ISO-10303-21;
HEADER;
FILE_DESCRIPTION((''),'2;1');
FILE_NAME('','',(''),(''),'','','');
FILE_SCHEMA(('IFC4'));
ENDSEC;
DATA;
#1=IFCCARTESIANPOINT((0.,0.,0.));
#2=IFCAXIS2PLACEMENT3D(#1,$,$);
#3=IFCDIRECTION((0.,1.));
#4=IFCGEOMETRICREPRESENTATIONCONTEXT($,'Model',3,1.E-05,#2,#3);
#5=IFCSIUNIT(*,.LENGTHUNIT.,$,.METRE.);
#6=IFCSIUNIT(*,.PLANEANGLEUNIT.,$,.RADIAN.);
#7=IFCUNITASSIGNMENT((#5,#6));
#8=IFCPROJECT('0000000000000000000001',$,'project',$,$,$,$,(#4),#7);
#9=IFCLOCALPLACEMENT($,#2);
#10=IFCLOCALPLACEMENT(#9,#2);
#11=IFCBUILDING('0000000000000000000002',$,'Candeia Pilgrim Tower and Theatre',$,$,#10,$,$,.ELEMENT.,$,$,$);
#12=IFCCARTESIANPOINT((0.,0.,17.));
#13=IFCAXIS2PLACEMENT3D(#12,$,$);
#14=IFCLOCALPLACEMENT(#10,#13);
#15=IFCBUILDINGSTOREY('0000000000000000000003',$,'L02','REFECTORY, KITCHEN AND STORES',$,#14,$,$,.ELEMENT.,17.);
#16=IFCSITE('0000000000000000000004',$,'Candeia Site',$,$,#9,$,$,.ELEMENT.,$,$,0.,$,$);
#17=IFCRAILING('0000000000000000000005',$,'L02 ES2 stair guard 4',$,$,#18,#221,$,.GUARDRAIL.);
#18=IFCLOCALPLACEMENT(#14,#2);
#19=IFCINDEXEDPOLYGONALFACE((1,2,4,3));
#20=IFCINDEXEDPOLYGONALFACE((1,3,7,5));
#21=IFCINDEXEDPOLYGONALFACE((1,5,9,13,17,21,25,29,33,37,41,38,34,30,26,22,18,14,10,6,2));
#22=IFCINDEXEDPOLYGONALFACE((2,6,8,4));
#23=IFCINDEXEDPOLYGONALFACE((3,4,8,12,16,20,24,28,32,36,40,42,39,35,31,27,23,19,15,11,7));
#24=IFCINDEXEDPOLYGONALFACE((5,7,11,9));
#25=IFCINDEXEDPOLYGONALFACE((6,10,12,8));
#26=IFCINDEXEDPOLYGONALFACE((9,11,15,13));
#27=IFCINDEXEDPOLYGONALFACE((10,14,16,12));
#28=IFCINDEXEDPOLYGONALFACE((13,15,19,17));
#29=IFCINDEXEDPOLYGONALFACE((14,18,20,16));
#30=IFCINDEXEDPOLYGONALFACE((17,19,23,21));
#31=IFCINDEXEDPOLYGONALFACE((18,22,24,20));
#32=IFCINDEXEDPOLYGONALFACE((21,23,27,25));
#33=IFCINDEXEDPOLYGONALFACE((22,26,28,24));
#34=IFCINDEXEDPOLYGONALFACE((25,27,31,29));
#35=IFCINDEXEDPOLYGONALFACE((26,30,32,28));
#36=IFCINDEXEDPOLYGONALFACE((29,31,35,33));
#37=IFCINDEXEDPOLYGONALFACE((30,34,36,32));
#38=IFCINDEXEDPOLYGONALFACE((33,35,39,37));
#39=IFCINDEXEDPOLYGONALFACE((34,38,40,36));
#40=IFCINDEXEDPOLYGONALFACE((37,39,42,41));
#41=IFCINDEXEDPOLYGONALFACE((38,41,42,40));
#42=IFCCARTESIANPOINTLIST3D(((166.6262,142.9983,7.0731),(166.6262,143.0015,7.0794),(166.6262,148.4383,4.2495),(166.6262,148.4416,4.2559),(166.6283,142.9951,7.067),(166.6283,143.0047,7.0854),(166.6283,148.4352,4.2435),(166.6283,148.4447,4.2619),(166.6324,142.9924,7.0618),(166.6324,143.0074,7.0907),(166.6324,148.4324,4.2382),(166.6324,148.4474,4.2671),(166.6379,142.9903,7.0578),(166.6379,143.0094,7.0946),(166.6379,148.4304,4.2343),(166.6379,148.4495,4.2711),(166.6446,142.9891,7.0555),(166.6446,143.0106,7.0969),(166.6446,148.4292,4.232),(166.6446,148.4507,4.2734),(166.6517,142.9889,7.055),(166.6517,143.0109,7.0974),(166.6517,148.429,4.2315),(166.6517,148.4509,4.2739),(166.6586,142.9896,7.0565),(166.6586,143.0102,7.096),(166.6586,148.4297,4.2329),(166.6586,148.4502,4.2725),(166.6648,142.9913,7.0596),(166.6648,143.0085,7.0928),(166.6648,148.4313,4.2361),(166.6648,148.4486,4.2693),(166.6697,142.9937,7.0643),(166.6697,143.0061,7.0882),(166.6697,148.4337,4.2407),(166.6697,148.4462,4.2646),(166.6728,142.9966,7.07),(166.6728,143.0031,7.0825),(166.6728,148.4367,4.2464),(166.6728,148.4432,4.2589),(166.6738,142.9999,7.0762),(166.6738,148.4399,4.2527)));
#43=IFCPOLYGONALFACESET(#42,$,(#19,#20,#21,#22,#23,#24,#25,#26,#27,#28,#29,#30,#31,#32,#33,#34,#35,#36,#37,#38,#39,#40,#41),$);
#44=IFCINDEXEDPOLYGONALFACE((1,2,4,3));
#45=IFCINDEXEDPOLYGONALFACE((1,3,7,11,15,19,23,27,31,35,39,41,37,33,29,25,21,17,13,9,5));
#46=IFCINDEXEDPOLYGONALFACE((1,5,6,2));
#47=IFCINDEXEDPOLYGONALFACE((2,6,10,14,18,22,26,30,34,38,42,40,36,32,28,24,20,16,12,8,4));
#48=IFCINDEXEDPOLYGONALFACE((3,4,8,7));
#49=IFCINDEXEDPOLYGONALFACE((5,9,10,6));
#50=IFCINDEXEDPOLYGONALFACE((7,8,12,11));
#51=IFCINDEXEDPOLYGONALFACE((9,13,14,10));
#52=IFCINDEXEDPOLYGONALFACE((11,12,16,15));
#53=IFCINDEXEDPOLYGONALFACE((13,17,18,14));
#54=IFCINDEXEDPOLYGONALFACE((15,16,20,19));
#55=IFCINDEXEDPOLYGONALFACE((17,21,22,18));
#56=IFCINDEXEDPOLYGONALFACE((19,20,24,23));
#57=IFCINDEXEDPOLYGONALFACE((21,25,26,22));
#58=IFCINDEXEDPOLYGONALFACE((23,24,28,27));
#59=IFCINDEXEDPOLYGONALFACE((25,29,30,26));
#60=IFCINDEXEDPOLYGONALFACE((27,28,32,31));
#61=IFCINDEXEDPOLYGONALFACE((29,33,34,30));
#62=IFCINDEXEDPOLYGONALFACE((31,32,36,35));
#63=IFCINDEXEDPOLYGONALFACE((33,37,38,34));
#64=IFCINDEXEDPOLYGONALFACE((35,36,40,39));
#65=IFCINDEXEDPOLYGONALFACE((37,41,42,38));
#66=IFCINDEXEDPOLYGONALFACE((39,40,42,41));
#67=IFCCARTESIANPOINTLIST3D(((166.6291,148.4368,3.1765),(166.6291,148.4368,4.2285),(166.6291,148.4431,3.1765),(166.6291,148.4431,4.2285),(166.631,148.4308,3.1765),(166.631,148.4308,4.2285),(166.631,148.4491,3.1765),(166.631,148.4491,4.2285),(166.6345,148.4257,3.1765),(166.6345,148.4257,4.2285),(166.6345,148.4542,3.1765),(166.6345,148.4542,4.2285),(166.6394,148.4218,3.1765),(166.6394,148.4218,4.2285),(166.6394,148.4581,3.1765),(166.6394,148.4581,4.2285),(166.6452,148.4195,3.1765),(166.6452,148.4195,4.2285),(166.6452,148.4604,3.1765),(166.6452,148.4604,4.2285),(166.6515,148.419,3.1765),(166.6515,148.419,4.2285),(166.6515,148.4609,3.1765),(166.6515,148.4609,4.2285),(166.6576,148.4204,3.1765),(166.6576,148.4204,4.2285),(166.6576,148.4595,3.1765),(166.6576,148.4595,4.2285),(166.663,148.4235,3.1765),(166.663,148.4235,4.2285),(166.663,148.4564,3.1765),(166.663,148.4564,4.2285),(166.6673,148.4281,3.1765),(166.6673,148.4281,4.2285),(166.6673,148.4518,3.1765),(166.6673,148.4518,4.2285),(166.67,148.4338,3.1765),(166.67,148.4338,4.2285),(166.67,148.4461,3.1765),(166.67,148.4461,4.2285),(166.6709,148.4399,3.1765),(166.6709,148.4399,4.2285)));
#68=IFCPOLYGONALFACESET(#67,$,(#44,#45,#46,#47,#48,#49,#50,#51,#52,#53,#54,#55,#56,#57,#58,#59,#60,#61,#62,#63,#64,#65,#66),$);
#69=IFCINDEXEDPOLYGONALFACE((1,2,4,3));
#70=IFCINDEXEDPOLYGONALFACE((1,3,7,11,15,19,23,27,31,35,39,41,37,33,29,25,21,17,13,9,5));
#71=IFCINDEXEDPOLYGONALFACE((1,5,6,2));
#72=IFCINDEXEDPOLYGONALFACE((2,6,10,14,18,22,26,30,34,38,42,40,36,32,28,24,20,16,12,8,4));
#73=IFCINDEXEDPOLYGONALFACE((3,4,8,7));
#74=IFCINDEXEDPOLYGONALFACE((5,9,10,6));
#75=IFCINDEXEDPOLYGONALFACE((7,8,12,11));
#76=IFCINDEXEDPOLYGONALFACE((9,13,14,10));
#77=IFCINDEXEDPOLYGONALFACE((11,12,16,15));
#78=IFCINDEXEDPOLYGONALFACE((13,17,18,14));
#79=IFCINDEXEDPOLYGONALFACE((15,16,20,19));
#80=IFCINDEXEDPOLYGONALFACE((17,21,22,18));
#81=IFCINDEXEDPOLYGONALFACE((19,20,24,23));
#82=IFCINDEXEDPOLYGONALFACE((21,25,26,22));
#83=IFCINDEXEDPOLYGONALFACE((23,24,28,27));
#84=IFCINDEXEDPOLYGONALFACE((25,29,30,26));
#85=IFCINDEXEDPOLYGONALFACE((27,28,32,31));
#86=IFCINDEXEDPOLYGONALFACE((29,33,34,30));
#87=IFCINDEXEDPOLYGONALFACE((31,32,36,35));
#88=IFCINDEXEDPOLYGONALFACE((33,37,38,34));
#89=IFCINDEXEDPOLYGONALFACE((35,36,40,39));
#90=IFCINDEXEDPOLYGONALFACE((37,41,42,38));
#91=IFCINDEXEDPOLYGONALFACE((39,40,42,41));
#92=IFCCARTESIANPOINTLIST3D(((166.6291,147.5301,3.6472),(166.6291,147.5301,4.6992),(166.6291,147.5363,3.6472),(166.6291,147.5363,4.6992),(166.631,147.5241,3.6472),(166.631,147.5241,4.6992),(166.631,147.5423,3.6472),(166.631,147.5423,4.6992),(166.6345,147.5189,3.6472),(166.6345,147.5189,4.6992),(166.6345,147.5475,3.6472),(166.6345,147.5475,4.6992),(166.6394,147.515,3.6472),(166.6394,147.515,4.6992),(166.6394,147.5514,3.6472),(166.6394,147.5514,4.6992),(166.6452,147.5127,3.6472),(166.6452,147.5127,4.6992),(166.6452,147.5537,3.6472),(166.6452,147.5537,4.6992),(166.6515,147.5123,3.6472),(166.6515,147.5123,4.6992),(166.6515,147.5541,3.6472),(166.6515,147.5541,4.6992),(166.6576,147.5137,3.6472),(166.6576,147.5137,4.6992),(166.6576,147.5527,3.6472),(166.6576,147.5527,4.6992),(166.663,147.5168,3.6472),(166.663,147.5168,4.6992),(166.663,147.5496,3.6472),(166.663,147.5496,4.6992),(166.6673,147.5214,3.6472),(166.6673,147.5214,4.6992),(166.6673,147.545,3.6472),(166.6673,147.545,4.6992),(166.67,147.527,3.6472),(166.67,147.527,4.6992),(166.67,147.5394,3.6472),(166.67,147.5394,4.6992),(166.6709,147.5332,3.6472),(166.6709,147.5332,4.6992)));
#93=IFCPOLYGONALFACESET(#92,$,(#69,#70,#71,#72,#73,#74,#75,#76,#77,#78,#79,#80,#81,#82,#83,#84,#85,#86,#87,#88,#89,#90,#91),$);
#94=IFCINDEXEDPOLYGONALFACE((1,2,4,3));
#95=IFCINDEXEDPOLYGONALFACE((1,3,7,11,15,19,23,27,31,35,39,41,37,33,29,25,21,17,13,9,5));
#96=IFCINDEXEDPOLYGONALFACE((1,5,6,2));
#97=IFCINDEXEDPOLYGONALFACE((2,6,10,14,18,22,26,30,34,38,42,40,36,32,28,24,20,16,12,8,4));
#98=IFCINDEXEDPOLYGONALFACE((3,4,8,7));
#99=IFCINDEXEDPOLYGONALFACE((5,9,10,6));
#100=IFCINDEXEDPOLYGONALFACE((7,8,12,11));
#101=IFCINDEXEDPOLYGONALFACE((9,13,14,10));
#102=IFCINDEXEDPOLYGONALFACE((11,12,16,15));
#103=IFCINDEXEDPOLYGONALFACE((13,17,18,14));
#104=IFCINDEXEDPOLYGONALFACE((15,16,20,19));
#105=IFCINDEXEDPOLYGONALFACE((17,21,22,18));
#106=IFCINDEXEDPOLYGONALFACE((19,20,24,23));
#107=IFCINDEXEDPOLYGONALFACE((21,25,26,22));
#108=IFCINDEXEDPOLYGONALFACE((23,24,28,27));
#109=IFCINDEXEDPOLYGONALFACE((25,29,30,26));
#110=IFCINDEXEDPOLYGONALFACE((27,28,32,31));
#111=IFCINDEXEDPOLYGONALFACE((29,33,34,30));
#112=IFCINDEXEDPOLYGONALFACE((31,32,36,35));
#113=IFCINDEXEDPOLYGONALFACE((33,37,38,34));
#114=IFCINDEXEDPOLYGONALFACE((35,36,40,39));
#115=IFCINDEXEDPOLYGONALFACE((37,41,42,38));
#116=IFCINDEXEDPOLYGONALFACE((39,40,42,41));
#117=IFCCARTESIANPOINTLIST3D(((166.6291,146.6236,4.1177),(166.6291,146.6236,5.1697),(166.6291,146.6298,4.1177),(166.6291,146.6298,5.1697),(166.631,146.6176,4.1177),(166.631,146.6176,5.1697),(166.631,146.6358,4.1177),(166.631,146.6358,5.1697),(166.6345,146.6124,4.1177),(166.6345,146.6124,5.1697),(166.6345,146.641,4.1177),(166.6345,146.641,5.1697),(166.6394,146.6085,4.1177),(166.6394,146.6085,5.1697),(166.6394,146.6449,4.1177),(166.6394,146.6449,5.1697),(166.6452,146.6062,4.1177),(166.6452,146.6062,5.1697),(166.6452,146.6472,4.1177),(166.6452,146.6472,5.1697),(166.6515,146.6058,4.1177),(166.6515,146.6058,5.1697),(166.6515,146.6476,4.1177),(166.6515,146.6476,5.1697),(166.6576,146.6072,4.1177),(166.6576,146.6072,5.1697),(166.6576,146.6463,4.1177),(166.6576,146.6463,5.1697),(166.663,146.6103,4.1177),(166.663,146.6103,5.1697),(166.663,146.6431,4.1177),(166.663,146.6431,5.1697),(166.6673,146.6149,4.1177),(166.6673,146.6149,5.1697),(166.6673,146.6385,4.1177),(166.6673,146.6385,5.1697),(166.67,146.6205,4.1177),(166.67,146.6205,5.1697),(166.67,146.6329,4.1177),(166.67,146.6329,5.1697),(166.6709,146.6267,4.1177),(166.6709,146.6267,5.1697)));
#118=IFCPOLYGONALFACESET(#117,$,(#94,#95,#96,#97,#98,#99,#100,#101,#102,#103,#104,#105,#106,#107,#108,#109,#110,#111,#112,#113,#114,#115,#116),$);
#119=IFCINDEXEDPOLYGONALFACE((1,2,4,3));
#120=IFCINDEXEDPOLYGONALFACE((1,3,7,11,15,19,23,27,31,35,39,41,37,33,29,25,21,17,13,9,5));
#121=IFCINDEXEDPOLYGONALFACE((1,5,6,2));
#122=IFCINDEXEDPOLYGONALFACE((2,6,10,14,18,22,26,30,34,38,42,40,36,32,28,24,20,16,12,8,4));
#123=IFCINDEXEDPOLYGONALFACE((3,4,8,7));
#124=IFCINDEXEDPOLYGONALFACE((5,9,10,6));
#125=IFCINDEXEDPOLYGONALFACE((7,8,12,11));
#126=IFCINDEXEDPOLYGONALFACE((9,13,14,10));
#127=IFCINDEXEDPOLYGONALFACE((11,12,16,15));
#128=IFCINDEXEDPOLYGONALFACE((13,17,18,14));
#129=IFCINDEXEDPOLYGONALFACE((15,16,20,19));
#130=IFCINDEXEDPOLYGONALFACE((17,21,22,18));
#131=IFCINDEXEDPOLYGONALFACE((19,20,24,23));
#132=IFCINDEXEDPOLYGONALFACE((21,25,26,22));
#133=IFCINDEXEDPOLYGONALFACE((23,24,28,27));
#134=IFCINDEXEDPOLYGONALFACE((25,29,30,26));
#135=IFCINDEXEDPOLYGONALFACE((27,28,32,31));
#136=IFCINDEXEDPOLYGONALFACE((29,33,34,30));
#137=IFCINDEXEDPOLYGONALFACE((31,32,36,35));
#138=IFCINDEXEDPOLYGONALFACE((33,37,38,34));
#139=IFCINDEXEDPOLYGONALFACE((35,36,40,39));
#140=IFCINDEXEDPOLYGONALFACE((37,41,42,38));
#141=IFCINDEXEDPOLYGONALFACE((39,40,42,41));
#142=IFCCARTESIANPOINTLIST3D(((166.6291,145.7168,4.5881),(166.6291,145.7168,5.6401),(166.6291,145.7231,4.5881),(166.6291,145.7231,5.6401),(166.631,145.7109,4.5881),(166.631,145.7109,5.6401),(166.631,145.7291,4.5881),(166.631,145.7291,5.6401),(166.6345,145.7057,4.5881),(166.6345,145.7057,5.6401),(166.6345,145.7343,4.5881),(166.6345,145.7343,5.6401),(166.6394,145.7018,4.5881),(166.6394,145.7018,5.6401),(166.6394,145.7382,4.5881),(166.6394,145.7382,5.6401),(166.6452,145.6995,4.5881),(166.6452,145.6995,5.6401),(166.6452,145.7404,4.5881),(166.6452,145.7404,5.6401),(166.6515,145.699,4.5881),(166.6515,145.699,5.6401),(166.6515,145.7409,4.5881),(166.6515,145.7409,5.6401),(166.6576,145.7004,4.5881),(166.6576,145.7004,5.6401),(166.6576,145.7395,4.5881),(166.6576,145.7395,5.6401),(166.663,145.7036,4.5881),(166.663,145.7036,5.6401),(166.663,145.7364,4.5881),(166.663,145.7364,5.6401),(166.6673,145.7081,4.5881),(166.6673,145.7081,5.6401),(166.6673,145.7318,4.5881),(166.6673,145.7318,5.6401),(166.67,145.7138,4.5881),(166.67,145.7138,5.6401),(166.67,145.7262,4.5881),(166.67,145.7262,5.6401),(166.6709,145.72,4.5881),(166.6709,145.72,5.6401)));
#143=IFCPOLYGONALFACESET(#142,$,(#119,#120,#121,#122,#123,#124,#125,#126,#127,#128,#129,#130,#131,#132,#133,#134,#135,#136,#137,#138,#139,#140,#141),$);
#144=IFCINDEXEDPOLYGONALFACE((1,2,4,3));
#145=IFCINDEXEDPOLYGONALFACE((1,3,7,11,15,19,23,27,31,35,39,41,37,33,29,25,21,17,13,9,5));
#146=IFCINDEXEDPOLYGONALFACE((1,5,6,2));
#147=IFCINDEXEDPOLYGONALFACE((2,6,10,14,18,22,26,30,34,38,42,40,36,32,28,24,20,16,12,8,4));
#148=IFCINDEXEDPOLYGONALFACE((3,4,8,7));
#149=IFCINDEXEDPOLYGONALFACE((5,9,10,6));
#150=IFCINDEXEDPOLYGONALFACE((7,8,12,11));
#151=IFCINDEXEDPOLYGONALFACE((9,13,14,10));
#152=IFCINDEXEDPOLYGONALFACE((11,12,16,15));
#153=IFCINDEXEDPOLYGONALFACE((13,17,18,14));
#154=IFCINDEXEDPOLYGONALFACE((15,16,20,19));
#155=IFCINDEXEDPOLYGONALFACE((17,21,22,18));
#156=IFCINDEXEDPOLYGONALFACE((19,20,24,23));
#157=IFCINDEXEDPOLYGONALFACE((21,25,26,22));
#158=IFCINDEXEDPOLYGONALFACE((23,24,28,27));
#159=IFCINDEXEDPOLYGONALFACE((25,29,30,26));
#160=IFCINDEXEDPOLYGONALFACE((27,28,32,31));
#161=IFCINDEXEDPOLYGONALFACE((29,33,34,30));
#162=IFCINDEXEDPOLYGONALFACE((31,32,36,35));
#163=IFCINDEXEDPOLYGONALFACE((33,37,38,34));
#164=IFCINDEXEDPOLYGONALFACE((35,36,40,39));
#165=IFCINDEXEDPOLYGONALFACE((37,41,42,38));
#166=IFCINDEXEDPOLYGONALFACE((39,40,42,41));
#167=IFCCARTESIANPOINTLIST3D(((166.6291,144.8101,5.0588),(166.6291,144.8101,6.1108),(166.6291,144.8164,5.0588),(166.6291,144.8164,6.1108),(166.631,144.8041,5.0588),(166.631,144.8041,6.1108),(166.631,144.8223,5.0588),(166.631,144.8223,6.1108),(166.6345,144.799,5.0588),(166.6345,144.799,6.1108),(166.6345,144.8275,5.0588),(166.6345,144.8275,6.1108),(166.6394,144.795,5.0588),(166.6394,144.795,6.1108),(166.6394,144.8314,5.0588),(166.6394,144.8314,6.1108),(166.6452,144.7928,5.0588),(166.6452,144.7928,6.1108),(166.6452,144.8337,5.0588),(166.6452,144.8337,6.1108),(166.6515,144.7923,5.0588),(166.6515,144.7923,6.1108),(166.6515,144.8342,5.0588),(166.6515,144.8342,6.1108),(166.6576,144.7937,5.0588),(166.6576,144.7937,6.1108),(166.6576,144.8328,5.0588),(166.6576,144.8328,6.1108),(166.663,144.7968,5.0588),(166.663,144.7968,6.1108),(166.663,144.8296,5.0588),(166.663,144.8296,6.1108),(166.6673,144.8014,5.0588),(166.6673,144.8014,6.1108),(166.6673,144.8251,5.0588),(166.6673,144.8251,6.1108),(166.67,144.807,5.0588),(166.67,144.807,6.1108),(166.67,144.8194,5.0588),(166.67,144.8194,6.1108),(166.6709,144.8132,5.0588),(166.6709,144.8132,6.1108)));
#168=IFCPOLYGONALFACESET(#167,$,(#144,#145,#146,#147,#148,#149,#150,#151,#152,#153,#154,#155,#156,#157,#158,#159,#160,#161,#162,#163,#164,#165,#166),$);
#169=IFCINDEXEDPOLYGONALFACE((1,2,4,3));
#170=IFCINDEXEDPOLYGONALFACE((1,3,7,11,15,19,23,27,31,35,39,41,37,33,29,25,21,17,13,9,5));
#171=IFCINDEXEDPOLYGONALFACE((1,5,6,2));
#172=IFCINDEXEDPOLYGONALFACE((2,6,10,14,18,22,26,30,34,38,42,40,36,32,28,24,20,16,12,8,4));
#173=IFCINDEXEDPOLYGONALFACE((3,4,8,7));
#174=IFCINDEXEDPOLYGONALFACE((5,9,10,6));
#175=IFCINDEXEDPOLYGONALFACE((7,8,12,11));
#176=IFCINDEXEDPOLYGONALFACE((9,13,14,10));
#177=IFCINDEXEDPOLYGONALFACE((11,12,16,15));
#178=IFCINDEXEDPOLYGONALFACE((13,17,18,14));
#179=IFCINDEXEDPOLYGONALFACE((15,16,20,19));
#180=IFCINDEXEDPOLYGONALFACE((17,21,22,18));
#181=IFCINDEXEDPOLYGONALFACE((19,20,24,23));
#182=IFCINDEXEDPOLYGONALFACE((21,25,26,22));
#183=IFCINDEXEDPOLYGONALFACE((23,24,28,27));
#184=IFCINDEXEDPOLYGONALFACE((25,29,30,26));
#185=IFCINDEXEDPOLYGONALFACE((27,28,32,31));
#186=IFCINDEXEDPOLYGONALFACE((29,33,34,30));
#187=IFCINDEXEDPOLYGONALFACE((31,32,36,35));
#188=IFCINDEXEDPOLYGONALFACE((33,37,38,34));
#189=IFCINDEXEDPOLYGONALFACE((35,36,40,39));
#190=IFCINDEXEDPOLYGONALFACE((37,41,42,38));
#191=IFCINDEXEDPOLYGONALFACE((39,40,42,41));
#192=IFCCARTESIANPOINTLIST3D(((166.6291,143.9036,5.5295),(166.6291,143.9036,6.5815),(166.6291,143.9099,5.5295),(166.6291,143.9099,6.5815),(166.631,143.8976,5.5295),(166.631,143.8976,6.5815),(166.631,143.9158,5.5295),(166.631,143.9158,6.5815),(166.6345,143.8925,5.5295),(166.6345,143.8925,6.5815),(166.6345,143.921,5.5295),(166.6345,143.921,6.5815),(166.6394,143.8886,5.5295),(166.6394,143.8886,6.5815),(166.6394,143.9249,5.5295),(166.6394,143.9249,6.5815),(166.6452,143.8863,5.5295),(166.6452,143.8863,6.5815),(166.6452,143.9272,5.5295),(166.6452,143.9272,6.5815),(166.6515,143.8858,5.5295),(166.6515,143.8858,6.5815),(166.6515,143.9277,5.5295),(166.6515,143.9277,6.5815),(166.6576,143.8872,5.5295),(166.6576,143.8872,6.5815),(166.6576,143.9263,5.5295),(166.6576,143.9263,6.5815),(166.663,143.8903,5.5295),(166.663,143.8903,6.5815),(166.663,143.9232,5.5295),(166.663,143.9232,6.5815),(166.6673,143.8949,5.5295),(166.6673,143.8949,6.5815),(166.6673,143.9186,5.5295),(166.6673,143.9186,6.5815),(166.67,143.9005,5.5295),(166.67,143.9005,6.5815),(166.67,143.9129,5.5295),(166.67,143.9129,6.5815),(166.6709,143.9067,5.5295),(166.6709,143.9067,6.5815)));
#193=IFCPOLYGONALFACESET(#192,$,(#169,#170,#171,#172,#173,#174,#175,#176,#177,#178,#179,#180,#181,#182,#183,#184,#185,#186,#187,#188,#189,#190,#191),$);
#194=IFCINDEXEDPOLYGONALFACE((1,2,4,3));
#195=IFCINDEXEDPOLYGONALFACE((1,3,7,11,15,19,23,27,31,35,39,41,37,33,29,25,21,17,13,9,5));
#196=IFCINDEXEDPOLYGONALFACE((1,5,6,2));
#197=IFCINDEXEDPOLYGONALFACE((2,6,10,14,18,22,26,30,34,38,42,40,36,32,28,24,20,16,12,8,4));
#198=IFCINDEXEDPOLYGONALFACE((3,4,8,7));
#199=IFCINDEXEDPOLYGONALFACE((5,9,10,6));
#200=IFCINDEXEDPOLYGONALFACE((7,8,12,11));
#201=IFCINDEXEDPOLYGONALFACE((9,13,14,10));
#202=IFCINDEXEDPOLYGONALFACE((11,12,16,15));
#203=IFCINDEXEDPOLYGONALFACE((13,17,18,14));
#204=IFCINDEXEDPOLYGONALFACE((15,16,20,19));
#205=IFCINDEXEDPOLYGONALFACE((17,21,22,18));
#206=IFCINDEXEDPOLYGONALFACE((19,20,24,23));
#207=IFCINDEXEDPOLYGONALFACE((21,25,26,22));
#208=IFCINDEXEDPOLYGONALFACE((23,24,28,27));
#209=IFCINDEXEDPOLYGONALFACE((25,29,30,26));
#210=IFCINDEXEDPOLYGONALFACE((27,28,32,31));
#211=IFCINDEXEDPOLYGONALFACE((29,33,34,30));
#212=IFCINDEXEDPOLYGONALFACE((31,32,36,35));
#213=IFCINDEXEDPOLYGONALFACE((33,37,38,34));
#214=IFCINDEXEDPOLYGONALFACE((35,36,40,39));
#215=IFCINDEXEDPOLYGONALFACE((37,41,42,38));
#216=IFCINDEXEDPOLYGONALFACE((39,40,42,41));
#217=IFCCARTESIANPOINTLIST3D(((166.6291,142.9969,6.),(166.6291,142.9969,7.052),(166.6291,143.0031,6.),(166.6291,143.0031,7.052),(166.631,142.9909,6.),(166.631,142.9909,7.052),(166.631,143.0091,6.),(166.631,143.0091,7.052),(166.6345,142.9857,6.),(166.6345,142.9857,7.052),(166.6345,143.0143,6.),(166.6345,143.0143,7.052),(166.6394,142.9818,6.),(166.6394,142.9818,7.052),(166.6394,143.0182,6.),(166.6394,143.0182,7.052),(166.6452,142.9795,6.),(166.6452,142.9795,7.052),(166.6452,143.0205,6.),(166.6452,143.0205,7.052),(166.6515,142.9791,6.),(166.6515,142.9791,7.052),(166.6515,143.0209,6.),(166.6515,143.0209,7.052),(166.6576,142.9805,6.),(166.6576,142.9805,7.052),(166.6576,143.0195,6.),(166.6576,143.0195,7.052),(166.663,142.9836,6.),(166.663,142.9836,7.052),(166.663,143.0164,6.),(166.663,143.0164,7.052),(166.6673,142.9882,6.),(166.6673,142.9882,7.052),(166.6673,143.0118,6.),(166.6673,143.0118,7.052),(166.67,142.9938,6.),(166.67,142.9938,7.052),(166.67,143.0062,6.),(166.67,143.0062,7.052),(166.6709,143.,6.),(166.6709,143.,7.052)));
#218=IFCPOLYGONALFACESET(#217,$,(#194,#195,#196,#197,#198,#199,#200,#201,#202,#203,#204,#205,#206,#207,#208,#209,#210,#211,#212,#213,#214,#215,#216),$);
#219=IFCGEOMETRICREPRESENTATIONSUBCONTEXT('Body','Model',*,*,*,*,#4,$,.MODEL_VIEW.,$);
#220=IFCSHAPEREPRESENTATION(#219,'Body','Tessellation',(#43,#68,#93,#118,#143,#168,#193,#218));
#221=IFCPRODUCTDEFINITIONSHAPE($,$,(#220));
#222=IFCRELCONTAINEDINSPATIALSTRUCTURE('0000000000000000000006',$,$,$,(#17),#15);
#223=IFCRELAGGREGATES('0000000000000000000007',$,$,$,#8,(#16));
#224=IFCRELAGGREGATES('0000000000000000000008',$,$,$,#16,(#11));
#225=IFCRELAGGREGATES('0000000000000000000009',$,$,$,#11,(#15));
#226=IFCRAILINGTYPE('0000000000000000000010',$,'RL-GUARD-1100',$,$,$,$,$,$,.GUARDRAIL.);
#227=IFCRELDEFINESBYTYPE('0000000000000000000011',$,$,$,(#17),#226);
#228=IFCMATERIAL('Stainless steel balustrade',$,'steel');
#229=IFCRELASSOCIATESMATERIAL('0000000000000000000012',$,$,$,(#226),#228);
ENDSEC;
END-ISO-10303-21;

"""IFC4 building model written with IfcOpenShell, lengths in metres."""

from ifc_helpers import new_model, si_unit, direction, frame, origin, origin_2d, place, context, subcontext, project, spatial, circle, extrude, material, type_object, element, save


model = new_model("IFC4")

# Units and contexts
model_context = context("Model", 3, precision=1e-05, world=origin(), true_north=direction((0.0, 1.0)))
body_context = subcontext(model_context, "Body", "Model", "MODEL_VIEW")
ifc_project = project(units=[si_unit("LENGTHUNIT", "METRE"), si_unit("PLANEANGLEUNIT", "RADIAN")], contexts=[model_context])

# Site, building, storey
site_placement = place(None, origin())
site = spatial("IfcSite", under=ifc_project, at=site_placement, Name="Candeia Site", CompositionType="ELEMENT", RefElevation=0.0)
building_placement = place(site_placement, origin())
building = spatial("IfcBuilding", under=site, at=building_placement, Name="Candeia Pilgrim Tower and Theatre", CompositionType="ELEMENT")
storey_placement = place(building_placement, frame((0.0, 0.0, 17.0)))
storey = spatial("IfcBuildingStorey", under=building, at=storey_placement, Name="L02", Description="REFECTORY, KITCHEN AND STORES", CompositionType="ELEMENT", Elevation=17.0)

# Railing
ifc_material_1 = material(Name="Stainless steel balustrade", Category="steel")
railing_type_1 = type_object("IfcRailingType", Name="RL-GUARD-1100", PredefinedType="GUARDRAIL", material=ifc_material_1)
railing_1_placement = place(storey_placement, frame((166.6499, 148.4399, 3.1765)))
element("IfcRailing", 1, at=railing_1_placement, inside=storey, type_object=railing_type_1, Name="L02 ES2 stair guard 4", PredefinedType="GUARDRAIL", context=body_context, shape_type="SweptSolid", body=[
    extrude(circle(Radius=0.0239, at=origin_2d()), frame((0.0, 0.0, 1.0762), z_axis=(0.0, -0.887569, 0.460674), x_axis=(1.0, 0.0, 0.0)), (0.0, 0.0, 1.0), 6.1292),
    extrude(circle(Radius=0.021, at=origin_2d()), origin(), (0.0, 0.0, 1.0), 1.052),
    extrude(circle(Radius=0.021, at=origin_2d()), frame((0.0, -0.9067, 0.4707)), (0.0, 0.0, 1.0), 1.052),
    extrude(circle(Radius=0.021, at=origin_2d()), frame((0.0, -1.8132, 0.9412)), (0.0, 0.0, 1.0), 1.052),
    extrude(circle(Radius=0.021, at=origin_2d()), frame((0.0, -2.72, 1.4116)), (0.0, 0.0, 1.0), 1.052),
    extrude(circle(Radius=0.021, at=origin_2d()), frame((0.0, -3.6267, 1.8823)), (0.0, 0.0, 1.0), 1.052),
    extrude(circle(Radius=0.021, at=origin_2d()), frame((0.0, -4.5332, 2.353)), (0.0, 0.0, 1.0), 1.052),
    extrude(circle(Radius=0.021, at=origin_2d()), frame((0.0, -5.4399, 2.8235)), (0.0, 0.0, 1.0), 1.052),
])

save(model, "model.ifc")
